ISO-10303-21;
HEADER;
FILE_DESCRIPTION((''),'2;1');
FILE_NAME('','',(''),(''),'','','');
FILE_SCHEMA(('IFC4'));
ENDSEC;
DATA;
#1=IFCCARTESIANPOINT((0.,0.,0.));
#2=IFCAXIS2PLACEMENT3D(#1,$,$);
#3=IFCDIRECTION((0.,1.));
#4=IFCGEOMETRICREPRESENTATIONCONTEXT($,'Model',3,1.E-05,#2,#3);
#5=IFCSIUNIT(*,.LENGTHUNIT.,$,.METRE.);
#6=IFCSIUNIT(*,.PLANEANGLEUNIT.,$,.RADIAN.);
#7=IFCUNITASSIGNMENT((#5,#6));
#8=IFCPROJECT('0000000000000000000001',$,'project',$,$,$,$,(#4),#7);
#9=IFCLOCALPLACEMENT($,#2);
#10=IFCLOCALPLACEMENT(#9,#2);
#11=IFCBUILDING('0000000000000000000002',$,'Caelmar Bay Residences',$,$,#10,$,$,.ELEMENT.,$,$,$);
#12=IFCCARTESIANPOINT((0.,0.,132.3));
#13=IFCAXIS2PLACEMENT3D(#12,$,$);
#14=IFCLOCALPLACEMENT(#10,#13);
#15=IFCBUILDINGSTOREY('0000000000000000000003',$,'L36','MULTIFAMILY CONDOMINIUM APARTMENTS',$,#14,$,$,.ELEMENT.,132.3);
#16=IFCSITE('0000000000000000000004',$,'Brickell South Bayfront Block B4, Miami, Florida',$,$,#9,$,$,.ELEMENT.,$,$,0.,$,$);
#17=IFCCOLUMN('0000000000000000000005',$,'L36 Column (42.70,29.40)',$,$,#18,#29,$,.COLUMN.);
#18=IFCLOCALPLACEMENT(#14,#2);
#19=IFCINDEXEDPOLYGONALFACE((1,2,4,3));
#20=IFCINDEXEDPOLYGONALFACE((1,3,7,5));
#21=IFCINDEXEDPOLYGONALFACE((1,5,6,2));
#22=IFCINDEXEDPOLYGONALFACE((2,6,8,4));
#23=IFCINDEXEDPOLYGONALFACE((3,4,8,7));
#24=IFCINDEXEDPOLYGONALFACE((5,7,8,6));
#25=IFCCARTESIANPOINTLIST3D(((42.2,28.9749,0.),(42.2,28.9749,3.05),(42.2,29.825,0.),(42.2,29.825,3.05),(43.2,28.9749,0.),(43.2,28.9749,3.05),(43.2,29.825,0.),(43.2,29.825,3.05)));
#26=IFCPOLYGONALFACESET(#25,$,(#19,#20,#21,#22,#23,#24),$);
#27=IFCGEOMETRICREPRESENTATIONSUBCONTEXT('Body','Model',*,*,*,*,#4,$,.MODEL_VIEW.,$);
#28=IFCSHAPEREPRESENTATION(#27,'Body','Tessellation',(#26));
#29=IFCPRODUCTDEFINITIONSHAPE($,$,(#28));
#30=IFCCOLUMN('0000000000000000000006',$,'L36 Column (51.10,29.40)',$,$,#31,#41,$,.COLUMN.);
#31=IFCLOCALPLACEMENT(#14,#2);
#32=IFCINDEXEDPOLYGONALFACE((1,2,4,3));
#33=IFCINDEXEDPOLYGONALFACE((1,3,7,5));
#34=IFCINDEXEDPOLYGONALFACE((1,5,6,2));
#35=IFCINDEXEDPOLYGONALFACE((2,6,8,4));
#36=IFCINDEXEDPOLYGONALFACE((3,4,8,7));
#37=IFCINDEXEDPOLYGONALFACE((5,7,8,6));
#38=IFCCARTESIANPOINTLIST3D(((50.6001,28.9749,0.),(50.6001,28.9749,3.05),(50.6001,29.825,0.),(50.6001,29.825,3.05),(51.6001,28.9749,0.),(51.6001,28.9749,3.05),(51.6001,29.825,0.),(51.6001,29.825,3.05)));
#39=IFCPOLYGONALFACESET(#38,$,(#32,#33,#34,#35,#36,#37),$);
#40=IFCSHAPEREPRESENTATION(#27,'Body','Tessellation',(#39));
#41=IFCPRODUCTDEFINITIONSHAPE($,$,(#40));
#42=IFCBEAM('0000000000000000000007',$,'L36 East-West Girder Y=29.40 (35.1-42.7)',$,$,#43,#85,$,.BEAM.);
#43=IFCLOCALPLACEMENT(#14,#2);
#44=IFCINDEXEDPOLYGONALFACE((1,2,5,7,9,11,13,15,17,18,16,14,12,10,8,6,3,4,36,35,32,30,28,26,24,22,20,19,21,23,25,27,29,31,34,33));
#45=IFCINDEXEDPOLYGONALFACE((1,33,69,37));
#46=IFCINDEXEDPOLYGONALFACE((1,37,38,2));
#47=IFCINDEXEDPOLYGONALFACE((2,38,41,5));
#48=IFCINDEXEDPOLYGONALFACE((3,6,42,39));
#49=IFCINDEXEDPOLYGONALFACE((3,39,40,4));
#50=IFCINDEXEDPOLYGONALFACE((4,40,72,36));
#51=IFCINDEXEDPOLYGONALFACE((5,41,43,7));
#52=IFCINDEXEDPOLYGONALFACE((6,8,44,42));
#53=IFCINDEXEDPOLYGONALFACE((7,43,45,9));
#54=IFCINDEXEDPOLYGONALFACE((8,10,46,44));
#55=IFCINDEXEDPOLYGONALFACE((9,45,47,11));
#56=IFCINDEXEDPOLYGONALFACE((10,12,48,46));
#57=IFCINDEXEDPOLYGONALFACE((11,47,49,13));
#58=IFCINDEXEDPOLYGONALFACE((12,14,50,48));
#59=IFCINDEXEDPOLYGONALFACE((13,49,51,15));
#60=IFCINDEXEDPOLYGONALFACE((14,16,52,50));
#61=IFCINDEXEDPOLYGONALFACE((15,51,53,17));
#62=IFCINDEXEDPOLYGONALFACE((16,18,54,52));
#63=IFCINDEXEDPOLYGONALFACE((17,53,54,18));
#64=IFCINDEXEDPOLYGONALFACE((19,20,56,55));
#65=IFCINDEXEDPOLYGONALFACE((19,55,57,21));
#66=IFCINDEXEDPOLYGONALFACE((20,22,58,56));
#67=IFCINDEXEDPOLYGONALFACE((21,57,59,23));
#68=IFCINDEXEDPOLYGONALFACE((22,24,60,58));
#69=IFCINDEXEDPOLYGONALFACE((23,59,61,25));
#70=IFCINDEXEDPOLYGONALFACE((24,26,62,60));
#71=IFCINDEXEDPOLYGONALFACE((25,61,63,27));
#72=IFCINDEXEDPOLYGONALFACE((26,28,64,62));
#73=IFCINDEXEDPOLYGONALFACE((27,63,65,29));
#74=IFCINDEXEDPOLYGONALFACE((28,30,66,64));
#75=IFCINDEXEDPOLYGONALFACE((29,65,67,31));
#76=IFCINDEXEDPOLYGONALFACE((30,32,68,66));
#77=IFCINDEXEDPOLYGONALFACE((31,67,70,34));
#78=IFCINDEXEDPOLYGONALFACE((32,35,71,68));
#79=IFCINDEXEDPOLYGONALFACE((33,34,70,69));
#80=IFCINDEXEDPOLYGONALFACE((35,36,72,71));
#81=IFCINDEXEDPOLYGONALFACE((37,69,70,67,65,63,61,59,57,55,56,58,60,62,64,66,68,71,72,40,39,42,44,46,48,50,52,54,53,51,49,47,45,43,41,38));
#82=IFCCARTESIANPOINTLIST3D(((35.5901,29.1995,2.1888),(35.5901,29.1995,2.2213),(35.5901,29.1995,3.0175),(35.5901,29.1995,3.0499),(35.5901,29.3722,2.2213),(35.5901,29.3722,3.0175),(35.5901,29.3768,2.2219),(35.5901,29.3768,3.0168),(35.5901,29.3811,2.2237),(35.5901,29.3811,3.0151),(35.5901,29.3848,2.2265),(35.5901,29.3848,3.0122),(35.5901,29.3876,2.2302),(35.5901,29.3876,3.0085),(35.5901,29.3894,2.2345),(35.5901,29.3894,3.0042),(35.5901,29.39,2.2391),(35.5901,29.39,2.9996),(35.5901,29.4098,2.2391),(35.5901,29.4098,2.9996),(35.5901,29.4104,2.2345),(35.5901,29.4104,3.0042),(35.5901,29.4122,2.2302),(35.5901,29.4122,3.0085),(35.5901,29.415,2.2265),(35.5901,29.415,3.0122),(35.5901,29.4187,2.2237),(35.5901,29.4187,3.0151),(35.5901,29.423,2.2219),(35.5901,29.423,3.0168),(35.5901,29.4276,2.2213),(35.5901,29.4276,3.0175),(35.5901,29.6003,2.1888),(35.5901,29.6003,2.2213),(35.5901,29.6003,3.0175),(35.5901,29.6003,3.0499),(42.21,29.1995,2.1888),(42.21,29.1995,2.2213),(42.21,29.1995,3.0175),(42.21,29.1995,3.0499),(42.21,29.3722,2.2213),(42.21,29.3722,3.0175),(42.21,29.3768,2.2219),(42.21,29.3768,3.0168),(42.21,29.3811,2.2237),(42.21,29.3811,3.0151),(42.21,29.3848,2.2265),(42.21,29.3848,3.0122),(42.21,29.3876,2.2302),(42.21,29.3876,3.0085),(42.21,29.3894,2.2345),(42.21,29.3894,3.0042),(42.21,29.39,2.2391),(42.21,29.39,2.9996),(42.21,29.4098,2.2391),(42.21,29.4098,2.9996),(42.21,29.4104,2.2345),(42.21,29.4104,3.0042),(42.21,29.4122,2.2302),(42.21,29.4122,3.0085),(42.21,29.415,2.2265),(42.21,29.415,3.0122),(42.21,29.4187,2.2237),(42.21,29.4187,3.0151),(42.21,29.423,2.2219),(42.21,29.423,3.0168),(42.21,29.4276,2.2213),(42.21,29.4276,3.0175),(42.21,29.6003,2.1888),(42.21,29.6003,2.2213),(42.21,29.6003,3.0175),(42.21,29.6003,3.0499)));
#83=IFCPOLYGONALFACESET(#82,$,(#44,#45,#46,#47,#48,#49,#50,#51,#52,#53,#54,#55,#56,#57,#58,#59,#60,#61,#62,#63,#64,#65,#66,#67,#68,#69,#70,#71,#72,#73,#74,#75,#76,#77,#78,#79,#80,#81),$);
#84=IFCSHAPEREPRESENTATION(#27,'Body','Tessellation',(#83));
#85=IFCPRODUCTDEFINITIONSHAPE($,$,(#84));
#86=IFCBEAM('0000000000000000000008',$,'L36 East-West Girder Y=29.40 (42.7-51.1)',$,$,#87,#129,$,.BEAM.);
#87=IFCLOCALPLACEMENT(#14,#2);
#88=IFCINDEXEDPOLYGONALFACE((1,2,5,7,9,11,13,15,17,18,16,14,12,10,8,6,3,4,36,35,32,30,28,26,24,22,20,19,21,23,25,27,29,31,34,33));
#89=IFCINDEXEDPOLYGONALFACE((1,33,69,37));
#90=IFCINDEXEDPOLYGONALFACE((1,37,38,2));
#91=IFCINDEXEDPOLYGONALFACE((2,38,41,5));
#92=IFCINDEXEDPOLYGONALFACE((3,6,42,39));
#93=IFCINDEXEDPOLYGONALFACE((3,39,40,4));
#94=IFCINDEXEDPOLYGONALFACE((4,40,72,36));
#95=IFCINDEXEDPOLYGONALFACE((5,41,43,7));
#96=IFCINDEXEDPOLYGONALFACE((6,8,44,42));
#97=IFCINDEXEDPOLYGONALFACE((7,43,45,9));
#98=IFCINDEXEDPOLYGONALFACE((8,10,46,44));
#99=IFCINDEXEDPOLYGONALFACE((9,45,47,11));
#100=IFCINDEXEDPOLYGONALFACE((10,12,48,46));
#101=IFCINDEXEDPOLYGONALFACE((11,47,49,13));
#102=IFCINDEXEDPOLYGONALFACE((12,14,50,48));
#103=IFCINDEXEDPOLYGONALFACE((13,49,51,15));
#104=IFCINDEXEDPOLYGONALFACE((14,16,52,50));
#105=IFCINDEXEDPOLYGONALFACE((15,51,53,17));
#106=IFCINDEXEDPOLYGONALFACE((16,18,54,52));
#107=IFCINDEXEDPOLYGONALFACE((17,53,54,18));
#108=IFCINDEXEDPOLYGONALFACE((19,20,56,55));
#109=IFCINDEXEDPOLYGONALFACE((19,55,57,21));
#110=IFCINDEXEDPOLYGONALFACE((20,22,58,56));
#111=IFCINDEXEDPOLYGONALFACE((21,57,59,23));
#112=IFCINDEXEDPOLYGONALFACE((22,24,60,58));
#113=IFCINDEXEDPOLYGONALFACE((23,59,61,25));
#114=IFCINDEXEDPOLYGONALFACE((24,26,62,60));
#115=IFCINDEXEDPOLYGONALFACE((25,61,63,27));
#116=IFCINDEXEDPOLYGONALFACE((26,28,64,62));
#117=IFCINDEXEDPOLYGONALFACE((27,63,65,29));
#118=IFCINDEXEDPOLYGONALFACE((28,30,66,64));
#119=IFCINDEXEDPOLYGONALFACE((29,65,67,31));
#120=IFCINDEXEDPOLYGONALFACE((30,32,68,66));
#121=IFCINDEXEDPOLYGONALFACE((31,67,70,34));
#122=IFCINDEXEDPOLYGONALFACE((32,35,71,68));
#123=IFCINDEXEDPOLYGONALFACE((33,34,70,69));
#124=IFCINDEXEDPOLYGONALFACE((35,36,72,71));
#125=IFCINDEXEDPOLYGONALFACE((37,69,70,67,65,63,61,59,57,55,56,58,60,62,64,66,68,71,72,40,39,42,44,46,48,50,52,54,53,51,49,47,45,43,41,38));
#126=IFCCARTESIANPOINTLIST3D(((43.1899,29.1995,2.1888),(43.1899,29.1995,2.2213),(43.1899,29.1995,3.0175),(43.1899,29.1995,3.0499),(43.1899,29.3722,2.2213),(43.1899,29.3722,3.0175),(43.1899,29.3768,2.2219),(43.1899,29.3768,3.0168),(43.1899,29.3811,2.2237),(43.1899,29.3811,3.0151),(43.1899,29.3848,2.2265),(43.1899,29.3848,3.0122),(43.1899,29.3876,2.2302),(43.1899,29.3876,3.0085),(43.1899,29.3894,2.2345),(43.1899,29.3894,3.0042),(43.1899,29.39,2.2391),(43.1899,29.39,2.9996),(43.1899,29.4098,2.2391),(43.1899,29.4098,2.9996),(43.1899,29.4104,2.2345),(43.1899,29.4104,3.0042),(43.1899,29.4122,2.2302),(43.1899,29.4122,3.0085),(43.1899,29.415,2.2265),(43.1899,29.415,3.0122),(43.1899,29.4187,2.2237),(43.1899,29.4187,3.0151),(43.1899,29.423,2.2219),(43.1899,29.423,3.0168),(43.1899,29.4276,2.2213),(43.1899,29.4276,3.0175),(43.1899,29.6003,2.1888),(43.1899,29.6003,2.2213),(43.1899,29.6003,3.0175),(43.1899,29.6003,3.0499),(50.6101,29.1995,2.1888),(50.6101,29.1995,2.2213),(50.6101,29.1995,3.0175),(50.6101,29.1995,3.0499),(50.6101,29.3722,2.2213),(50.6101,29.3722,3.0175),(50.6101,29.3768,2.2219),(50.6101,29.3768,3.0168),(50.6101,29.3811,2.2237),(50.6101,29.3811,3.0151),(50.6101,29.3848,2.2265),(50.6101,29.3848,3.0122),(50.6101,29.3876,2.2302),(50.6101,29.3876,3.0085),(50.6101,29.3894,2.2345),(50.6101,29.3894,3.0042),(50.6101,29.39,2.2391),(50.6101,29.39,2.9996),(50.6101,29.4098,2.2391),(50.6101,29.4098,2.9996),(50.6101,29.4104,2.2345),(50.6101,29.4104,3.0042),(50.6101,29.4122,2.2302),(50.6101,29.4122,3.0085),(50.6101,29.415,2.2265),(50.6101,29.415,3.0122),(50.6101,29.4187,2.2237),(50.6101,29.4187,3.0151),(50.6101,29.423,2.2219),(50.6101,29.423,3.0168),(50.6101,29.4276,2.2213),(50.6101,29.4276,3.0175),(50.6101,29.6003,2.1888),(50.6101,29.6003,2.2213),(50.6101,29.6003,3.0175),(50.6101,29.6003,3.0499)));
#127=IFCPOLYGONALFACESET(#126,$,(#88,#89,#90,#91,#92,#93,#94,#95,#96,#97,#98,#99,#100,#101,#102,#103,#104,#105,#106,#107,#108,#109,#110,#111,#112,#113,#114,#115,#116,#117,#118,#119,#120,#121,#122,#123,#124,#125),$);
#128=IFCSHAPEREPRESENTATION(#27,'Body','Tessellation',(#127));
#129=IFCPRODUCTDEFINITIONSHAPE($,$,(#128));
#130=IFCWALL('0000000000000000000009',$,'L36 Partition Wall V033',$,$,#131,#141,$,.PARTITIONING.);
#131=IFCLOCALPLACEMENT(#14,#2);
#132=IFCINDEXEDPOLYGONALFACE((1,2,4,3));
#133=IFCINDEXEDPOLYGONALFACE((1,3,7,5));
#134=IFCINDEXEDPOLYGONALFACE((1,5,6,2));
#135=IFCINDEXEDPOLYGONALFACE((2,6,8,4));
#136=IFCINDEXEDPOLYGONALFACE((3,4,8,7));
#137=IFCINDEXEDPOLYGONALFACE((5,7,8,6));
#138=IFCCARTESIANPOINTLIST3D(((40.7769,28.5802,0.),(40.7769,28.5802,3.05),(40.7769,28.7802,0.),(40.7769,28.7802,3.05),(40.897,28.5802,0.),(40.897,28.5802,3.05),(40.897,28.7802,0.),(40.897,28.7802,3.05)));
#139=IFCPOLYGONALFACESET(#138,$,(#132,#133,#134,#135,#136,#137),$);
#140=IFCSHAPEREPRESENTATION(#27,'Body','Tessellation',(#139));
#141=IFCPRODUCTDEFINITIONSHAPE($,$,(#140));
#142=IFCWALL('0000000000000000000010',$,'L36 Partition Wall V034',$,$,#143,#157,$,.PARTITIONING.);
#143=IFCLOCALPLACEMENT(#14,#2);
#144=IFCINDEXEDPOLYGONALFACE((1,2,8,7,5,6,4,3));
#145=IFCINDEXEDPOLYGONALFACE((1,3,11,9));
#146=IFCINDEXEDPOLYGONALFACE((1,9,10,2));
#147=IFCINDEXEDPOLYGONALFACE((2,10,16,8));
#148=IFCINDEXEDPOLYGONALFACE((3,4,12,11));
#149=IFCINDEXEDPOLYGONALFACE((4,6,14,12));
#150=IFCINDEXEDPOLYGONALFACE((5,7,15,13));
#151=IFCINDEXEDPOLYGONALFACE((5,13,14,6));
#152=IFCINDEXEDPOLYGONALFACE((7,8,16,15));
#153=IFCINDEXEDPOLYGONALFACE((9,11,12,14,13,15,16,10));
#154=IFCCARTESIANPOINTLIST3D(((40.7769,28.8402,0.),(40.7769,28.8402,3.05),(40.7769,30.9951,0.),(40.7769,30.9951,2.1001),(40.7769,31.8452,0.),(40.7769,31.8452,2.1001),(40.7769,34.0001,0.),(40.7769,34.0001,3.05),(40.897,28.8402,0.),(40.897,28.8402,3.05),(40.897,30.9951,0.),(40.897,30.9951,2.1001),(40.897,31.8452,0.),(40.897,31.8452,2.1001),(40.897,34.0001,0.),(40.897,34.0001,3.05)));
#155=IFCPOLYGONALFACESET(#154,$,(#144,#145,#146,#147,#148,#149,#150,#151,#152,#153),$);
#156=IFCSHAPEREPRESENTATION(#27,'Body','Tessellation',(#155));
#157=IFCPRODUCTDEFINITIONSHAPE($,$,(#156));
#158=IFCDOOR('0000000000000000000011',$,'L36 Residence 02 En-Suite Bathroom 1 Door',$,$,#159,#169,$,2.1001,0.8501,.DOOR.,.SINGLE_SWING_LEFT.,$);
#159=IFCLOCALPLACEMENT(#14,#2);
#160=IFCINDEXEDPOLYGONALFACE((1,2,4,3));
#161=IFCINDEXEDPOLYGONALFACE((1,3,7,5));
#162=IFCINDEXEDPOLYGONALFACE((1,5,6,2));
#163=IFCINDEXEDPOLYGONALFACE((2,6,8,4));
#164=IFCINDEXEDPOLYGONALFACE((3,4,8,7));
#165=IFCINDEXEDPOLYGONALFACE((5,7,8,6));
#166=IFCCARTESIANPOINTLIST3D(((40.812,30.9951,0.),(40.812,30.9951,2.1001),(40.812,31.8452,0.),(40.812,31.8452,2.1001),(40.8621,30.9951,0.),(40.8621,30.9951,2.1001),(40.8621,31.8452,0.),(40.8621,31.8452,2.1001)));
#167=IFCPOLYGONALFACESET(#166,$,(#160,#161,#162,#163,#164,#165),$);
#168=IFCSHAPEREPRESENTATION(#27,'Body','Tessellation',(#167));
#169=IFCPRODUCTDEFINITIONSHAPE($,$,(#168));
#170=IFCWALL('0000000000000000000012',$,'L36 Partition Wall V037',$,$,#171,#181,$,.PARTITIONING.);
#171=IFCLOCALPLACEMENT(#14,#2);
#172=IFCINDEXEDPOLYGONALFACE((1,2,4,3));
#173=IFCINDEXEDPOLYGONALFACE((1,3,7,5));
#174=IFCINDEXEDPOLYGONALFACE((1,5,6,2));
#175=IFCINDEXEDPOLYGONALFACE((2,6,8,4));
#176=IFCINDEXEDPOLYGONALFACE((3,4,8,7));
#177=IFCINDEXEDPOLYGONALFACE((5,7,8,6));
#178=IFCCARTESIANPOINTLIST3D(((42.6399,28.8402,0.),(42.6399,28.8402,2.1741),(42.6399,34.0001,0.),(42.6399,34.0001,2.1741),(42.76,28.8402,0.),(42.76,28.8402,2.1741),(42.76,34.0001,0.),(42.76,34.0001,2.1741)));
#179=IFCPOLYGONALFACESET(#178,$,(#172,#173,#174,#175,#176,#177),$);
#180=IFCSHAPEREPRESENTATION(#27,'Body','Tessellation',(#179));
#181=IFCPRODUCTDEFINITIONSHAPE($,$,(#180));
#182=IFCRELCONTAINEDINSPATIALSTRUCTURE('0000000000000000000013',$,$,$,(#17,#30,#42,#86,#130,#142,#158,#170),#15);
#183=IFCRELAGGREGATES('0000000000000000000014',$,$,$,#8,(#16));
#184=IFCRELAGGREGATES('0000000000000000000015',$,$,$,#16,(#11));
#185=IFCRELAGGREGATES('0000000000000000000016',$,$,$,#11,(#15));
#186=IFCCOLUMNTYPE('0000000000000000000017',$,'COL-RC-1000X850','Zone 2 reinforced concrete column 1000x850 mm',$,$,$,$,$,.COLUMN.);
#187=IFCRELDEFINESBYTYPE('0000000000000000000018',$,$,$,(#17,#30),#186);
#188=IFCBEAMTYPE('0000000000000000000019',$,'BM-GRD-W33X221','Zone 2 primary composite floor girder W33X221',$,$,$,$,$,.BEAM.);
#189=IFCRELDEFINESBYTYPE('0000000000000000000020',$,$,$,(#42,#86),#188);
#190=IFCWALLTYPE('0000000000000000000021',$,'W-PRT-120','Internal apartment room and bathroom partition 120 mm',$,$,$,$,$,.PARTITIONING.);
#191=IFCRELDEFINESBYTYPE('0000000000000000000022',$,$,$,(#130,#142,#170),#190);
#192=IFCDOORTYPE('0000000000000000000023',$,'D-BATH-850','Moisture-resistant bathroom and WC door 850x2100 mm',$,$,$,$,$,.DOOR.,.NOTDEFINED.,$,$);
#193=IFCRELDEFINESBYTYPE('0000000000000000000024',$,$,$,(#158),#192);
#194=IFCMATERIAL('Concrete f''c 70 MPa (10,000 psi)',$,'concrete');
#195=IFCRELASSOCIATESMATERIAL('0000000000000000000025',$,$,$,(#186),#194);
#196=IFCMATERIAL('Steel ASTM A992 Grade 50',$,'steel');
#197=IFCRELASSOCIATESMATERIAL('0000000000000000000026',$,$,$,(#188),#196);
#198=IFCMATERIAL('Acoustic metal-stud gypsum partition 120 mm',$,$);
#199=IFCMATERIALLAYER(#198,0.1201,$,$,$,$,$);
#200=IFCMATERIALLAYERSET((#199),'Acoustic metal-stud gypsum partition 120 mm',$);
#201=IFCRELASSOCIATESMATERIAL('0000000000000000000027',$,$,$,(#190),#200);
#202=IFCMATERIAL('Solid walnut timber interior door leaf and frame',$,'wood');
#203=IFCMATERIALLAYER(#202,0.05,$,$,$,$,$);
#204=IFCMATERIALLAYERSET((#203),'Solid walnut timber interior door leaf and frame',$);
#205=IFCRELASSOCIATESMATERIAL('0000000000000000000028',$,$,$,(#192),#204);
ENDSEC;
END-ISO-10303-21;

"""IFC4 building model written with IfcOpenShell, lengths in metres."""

from ifc_helpers import new_model, si_unit, direction, frame, frame_2d, origin, origin_2d, place, context, subcontext, project, spatial, rectangle, i_section, extrude, material, layer, layer_set, material_profile, profile_set, type_object, element, fill, save


model = new_model("IFC4")

# Units and contexts
model_context = context("Model", 3, precision=1e-05, world=origin(), true_north=direction((0.0, 1.0)))
body_context = subcontext(model_context, "Body", "Model", "MODEL_VIEW")
ifc_project = project(units=[si_unit("LENGTHUNIT", "METRE"), si_unit("PLANEANGLEUNIT", "RADIAN")], contexts=[model_context])

# Site, building, storey
site_placement = place(None, origin())
site = spatial("IfcSite", under=ifc_project, at=site_placement, Name="Brickell South Bayfront Block B4, Miami, Florida", CompositionType="ELEMENT", RefElevation=0.0)
building_placement = place(site_placement, origin())
building = spatial("IfcBuilding", under=site, at=building_placement, Name="Caelmar Bay Residences", CompositionType="ELEMENT")
storey_placement = place(building_placement, frame((0.0, 0.0, 132.3)))
storey = spatial("IfcBuildingStorey", under=building, at=storey_placement, Name="L36", Description="MULTIFAMILY CONDOMINIUM APARTMENTS", CompositionType="ELEMENT", Elevation=132.3)

# Columns
ifc_material_1 = material(Name="Concrete f'c 70 MPa (10,000 psi)", Category="concrete")
ifc_material_profile_1 = material_profile(ifc_material_1, rectangle(XDim=1.0, YDim=0.8501, at=origin_2d()), Name="RC-COL-1000X850")
ifc_profile_set_1 = profile_set([ifc_material_profile_1], Name="Concrete f'c 70 MPa (10,000 psi)")
column_type = type_object("IfcColumnType", Name="COL-RC-1000X850", Description="Zone 2 reinforced concrete column 1000x850 mm", PredefinedType="COLUMN", material=ifc_profile_set_1)
for number, where, z_axis, x_axis, name in (
    (1, (42.7, 29.3999, 0.0), (0.0, 0.0, 1.0), (1.0, 0.0, 0.0), "L36 Column (42.70,29.40)"),
    (2, (51.1001, 29.3999, 0.0), (0.0, 0.0, 1.0), (1.0, 0.0, 0.0), "L36 Column (51.10,29.40)"),
):
    element("IfcColumn", number, at=place(storey_placement, frame(where, z_axis=z_axis, x_axis=x_axis)), inside=storey, type_object=column_type, Name=name, PredefinedType="COLUMN", context=body_context, shape_type="SweptSolid", body=[
        extrude(rectangle(XDim=1.0, YDim=0.8501, at=origin_2d()), origin(), (0.0, 0.0, 1.0), 3.05),
    ])

# Beams
ifc_material_2 = material(Name="Steel ASTM A992 Grade 50", Category="steel")
ifc_material_profile_2 = material_profile(ifc_material_2, i_section(OverallWidth=0.4009, OverallDepth=0.8611, WebThickness=0.0198, FlangeThickness=0.0325, FilletRadius=0.0178, at=origin_2d()), Name="W33X221")
ifc_profile_set_2 = profile_set([ifc_material_profile_2], Name="Steel ASTM A992 Grade 50")
beam_type = type_object("IfcBeamType", Name="BM-GRD-W33X221", Description="Zone 2 primary composite floor girder W33X221", PredefinedType="BEAM", material=ifc_profile_set_2)
beam_1_placement = place(storey_placement, frame((35.5901, 29.3999, 2.6194), z_axis=(1.0, 0.0, 0.0), x_axis=(0.0, 1.0, 0.0)))
element("IfcBeam", 3, at=beam_1_placement, inside=storey, type_object=beam_type, Name="L36 East-West Girder Y=29.40 (35.1-42.7)", PredefinedType="BEAM", context=body_context, shape_type="SweptSolid", body=[
    extrude(i_section(OverallWidth=0.4009, OverallDepth=0.8611, WebThickness=0.0198, FlangeThickness=0.0325, FilletRadius=0.0178, at=origin_2d()), origin(), (0.0, 0.0, 1.0), 6.6199),
])
beam_2_placement = place(storey_placement, frame((43.1899, 29.3999, 2.6194), z_axis=(1.0, 0.0, 0.0), x_axis=(0.0, 1.0, 0.0)))
element("IfcBeam", 4, at=beam_2_placement, inside=storey, type_object=beam_type, Name="L36 East-West Girder Y=29.40 (42.7-51.1)", PredefinedType="BEAM", context=body_context, shape_type="SweptSolid", body=[
    extrude(i_section(OverallWidth=0.4009, OverallDepth=0.8611, WebThickness=0.0198, FlangeThickness=0.0325, FilletRadius=0.0178, at=origin_2d()), origin(), (0.0, 0.0, 1.0), 7.4202),
])

# Wall
ifc_material_3 = material(Name="Acoustic metal-stud gypsum partition 120 mm")
ifc_layer_1 = layer(ifc_material_3, 0.1201)
ifc_layer_set_1 = layer_set([ifc_layer_1], Name="Acoustic metal-stud gypsum partition 120 mm")
wall_type_1 = type_object("IfcWallType", Name="W-PRT-120", Description="Internal apartment room and bathroom partition 120 mm", PredefinedType="PARTITIONING", material=ifc_layer_set_1)
wall_1_placement = place(storey_placement, frame((40.8369, 28.5801, 0.0), z_axis=(0.0, 0.0, 1.0), x_axis=(0.0, 1.0, 0.0)))
element("IfcWall", 5, at=wall_1_placement, inside=storey, type_object=wall_type_1, Name="L36 Partition Wall V033", PredefinedType="PARTITIONING", context=body_context, shape_type="SweptSolid", body=[
    extrude(rectangle(XDim=0.2, YDim=0.1201, at=frame_2d((0.1001, 0.0))), origin(), (0.0, 0.0, 1.0), 3.05),
])

# Wall, opening, door
wall_2_placement = place(storey_placement, frame((40.8369, 28.8401, 0.0), z_axis=(0.0, 0.0, 1.0), x_axis=(0.0, 1.0, 0.0)))
wall_2 = element("IfcWall", 6, at=wall_2_placement, inside=storey, type_object=wall_type_1, Name="L36 Partition Wall V034", PredefinedType="PARTITIONING", context=body_context, shape_type="SweptSolid", body=[
    extrude(rectangle(XDim=5.1599, YDim=0.1201, at=frame_2d((2.5801, 0.0))), origin(), (0.0, 0.0, 1.0), 3.05),
])
opening_1_placement = place(wall_2_placement, frame((2.155, 0.0, 0.0)))
opening_1 = element("IfcOpeningElement", 7, at=opening_1_placement, cuts=wall_2, PredefinedType="OPENING", context=body_context, shape_type="SweptSolid", body=[
    extrude(rectangle(XDim=0.8501, YDim=2.1001, at=frame_2d((0.425, 1.05))), frame((0.0, 0.0701, 0.0), z_axis=(0.0, -1.0, 0.0), x_axis=(1.0, 0.0, 0.0)), (0.0, 0.0, 1.0), 0.1401),
])
ifc_material_4 = material(Name="Solid walnut timber interior door leaf and frame", Category="wood")
ifc_layer_2 = layer(ifc_material_4, 0.05)
ifc_layer_set_2 = layer_set([ifc_layer_2], Name="Solid walnut timber interior door leaf and frame")
door_type_1 = type_object("IfcDoorType", Name="D-BATH-850", Description="Moisture-resistant bathroom and WC door 850x2100 mm", OperationType="NOTDEFINED", PredefinedType="DOOR", material=ifc_layer_set_2)
door_1_placement = place(opening_1_placement, origin())
door_1 = element("IfcDoor", 8, at=door_1_placement, inside=storey, type_object=door_type_1, Name="L36 Residence 02 En-Suite Bathroom 1 Door", OperationType="SINGLE_SWING_LEFT", OverallHeight=2.1001, OverallWidth=0.8501, PredefinedType="DOOR", context=body_context, shape_type="SweptSolid", body=[
    extrude(rectangle(XDim=0.8501, YDim=2.1001, at=frame_2d((0.425, 1.05))), frame((0.0, 0.0249, 0.0), z_axis=(0.0, -1.0, 0.0), x_axis=(1.0, 0.0, 0.0)), (0.0, 0.0, 1.0), 0.05),
])
fill(opening_1, door_1)

# Wall
wall_3_placement = place(storey_placement, frame((42.7, 28.8401, 0.0), z_axis=(0.0, 0.0, 1.0), x_axis=(0.0, 1.0, 0.0)))
element("IfcWall", 9, at=wall_3_placement, inside=storey, type_object=wall_type_1, Name="L36 Partition Wall V037", PredefinedType="PARTITIONING", context=body_context, shape_type="SweptSolid", body=[
    extrude(rectangle(XDim=5.1599, YDim=0.1201, at=frame_2d((2.5801, 0.0))), origin(), (0.0, 0.0, 1.0), 2.1741),
])

save(model, "model.ifc")
